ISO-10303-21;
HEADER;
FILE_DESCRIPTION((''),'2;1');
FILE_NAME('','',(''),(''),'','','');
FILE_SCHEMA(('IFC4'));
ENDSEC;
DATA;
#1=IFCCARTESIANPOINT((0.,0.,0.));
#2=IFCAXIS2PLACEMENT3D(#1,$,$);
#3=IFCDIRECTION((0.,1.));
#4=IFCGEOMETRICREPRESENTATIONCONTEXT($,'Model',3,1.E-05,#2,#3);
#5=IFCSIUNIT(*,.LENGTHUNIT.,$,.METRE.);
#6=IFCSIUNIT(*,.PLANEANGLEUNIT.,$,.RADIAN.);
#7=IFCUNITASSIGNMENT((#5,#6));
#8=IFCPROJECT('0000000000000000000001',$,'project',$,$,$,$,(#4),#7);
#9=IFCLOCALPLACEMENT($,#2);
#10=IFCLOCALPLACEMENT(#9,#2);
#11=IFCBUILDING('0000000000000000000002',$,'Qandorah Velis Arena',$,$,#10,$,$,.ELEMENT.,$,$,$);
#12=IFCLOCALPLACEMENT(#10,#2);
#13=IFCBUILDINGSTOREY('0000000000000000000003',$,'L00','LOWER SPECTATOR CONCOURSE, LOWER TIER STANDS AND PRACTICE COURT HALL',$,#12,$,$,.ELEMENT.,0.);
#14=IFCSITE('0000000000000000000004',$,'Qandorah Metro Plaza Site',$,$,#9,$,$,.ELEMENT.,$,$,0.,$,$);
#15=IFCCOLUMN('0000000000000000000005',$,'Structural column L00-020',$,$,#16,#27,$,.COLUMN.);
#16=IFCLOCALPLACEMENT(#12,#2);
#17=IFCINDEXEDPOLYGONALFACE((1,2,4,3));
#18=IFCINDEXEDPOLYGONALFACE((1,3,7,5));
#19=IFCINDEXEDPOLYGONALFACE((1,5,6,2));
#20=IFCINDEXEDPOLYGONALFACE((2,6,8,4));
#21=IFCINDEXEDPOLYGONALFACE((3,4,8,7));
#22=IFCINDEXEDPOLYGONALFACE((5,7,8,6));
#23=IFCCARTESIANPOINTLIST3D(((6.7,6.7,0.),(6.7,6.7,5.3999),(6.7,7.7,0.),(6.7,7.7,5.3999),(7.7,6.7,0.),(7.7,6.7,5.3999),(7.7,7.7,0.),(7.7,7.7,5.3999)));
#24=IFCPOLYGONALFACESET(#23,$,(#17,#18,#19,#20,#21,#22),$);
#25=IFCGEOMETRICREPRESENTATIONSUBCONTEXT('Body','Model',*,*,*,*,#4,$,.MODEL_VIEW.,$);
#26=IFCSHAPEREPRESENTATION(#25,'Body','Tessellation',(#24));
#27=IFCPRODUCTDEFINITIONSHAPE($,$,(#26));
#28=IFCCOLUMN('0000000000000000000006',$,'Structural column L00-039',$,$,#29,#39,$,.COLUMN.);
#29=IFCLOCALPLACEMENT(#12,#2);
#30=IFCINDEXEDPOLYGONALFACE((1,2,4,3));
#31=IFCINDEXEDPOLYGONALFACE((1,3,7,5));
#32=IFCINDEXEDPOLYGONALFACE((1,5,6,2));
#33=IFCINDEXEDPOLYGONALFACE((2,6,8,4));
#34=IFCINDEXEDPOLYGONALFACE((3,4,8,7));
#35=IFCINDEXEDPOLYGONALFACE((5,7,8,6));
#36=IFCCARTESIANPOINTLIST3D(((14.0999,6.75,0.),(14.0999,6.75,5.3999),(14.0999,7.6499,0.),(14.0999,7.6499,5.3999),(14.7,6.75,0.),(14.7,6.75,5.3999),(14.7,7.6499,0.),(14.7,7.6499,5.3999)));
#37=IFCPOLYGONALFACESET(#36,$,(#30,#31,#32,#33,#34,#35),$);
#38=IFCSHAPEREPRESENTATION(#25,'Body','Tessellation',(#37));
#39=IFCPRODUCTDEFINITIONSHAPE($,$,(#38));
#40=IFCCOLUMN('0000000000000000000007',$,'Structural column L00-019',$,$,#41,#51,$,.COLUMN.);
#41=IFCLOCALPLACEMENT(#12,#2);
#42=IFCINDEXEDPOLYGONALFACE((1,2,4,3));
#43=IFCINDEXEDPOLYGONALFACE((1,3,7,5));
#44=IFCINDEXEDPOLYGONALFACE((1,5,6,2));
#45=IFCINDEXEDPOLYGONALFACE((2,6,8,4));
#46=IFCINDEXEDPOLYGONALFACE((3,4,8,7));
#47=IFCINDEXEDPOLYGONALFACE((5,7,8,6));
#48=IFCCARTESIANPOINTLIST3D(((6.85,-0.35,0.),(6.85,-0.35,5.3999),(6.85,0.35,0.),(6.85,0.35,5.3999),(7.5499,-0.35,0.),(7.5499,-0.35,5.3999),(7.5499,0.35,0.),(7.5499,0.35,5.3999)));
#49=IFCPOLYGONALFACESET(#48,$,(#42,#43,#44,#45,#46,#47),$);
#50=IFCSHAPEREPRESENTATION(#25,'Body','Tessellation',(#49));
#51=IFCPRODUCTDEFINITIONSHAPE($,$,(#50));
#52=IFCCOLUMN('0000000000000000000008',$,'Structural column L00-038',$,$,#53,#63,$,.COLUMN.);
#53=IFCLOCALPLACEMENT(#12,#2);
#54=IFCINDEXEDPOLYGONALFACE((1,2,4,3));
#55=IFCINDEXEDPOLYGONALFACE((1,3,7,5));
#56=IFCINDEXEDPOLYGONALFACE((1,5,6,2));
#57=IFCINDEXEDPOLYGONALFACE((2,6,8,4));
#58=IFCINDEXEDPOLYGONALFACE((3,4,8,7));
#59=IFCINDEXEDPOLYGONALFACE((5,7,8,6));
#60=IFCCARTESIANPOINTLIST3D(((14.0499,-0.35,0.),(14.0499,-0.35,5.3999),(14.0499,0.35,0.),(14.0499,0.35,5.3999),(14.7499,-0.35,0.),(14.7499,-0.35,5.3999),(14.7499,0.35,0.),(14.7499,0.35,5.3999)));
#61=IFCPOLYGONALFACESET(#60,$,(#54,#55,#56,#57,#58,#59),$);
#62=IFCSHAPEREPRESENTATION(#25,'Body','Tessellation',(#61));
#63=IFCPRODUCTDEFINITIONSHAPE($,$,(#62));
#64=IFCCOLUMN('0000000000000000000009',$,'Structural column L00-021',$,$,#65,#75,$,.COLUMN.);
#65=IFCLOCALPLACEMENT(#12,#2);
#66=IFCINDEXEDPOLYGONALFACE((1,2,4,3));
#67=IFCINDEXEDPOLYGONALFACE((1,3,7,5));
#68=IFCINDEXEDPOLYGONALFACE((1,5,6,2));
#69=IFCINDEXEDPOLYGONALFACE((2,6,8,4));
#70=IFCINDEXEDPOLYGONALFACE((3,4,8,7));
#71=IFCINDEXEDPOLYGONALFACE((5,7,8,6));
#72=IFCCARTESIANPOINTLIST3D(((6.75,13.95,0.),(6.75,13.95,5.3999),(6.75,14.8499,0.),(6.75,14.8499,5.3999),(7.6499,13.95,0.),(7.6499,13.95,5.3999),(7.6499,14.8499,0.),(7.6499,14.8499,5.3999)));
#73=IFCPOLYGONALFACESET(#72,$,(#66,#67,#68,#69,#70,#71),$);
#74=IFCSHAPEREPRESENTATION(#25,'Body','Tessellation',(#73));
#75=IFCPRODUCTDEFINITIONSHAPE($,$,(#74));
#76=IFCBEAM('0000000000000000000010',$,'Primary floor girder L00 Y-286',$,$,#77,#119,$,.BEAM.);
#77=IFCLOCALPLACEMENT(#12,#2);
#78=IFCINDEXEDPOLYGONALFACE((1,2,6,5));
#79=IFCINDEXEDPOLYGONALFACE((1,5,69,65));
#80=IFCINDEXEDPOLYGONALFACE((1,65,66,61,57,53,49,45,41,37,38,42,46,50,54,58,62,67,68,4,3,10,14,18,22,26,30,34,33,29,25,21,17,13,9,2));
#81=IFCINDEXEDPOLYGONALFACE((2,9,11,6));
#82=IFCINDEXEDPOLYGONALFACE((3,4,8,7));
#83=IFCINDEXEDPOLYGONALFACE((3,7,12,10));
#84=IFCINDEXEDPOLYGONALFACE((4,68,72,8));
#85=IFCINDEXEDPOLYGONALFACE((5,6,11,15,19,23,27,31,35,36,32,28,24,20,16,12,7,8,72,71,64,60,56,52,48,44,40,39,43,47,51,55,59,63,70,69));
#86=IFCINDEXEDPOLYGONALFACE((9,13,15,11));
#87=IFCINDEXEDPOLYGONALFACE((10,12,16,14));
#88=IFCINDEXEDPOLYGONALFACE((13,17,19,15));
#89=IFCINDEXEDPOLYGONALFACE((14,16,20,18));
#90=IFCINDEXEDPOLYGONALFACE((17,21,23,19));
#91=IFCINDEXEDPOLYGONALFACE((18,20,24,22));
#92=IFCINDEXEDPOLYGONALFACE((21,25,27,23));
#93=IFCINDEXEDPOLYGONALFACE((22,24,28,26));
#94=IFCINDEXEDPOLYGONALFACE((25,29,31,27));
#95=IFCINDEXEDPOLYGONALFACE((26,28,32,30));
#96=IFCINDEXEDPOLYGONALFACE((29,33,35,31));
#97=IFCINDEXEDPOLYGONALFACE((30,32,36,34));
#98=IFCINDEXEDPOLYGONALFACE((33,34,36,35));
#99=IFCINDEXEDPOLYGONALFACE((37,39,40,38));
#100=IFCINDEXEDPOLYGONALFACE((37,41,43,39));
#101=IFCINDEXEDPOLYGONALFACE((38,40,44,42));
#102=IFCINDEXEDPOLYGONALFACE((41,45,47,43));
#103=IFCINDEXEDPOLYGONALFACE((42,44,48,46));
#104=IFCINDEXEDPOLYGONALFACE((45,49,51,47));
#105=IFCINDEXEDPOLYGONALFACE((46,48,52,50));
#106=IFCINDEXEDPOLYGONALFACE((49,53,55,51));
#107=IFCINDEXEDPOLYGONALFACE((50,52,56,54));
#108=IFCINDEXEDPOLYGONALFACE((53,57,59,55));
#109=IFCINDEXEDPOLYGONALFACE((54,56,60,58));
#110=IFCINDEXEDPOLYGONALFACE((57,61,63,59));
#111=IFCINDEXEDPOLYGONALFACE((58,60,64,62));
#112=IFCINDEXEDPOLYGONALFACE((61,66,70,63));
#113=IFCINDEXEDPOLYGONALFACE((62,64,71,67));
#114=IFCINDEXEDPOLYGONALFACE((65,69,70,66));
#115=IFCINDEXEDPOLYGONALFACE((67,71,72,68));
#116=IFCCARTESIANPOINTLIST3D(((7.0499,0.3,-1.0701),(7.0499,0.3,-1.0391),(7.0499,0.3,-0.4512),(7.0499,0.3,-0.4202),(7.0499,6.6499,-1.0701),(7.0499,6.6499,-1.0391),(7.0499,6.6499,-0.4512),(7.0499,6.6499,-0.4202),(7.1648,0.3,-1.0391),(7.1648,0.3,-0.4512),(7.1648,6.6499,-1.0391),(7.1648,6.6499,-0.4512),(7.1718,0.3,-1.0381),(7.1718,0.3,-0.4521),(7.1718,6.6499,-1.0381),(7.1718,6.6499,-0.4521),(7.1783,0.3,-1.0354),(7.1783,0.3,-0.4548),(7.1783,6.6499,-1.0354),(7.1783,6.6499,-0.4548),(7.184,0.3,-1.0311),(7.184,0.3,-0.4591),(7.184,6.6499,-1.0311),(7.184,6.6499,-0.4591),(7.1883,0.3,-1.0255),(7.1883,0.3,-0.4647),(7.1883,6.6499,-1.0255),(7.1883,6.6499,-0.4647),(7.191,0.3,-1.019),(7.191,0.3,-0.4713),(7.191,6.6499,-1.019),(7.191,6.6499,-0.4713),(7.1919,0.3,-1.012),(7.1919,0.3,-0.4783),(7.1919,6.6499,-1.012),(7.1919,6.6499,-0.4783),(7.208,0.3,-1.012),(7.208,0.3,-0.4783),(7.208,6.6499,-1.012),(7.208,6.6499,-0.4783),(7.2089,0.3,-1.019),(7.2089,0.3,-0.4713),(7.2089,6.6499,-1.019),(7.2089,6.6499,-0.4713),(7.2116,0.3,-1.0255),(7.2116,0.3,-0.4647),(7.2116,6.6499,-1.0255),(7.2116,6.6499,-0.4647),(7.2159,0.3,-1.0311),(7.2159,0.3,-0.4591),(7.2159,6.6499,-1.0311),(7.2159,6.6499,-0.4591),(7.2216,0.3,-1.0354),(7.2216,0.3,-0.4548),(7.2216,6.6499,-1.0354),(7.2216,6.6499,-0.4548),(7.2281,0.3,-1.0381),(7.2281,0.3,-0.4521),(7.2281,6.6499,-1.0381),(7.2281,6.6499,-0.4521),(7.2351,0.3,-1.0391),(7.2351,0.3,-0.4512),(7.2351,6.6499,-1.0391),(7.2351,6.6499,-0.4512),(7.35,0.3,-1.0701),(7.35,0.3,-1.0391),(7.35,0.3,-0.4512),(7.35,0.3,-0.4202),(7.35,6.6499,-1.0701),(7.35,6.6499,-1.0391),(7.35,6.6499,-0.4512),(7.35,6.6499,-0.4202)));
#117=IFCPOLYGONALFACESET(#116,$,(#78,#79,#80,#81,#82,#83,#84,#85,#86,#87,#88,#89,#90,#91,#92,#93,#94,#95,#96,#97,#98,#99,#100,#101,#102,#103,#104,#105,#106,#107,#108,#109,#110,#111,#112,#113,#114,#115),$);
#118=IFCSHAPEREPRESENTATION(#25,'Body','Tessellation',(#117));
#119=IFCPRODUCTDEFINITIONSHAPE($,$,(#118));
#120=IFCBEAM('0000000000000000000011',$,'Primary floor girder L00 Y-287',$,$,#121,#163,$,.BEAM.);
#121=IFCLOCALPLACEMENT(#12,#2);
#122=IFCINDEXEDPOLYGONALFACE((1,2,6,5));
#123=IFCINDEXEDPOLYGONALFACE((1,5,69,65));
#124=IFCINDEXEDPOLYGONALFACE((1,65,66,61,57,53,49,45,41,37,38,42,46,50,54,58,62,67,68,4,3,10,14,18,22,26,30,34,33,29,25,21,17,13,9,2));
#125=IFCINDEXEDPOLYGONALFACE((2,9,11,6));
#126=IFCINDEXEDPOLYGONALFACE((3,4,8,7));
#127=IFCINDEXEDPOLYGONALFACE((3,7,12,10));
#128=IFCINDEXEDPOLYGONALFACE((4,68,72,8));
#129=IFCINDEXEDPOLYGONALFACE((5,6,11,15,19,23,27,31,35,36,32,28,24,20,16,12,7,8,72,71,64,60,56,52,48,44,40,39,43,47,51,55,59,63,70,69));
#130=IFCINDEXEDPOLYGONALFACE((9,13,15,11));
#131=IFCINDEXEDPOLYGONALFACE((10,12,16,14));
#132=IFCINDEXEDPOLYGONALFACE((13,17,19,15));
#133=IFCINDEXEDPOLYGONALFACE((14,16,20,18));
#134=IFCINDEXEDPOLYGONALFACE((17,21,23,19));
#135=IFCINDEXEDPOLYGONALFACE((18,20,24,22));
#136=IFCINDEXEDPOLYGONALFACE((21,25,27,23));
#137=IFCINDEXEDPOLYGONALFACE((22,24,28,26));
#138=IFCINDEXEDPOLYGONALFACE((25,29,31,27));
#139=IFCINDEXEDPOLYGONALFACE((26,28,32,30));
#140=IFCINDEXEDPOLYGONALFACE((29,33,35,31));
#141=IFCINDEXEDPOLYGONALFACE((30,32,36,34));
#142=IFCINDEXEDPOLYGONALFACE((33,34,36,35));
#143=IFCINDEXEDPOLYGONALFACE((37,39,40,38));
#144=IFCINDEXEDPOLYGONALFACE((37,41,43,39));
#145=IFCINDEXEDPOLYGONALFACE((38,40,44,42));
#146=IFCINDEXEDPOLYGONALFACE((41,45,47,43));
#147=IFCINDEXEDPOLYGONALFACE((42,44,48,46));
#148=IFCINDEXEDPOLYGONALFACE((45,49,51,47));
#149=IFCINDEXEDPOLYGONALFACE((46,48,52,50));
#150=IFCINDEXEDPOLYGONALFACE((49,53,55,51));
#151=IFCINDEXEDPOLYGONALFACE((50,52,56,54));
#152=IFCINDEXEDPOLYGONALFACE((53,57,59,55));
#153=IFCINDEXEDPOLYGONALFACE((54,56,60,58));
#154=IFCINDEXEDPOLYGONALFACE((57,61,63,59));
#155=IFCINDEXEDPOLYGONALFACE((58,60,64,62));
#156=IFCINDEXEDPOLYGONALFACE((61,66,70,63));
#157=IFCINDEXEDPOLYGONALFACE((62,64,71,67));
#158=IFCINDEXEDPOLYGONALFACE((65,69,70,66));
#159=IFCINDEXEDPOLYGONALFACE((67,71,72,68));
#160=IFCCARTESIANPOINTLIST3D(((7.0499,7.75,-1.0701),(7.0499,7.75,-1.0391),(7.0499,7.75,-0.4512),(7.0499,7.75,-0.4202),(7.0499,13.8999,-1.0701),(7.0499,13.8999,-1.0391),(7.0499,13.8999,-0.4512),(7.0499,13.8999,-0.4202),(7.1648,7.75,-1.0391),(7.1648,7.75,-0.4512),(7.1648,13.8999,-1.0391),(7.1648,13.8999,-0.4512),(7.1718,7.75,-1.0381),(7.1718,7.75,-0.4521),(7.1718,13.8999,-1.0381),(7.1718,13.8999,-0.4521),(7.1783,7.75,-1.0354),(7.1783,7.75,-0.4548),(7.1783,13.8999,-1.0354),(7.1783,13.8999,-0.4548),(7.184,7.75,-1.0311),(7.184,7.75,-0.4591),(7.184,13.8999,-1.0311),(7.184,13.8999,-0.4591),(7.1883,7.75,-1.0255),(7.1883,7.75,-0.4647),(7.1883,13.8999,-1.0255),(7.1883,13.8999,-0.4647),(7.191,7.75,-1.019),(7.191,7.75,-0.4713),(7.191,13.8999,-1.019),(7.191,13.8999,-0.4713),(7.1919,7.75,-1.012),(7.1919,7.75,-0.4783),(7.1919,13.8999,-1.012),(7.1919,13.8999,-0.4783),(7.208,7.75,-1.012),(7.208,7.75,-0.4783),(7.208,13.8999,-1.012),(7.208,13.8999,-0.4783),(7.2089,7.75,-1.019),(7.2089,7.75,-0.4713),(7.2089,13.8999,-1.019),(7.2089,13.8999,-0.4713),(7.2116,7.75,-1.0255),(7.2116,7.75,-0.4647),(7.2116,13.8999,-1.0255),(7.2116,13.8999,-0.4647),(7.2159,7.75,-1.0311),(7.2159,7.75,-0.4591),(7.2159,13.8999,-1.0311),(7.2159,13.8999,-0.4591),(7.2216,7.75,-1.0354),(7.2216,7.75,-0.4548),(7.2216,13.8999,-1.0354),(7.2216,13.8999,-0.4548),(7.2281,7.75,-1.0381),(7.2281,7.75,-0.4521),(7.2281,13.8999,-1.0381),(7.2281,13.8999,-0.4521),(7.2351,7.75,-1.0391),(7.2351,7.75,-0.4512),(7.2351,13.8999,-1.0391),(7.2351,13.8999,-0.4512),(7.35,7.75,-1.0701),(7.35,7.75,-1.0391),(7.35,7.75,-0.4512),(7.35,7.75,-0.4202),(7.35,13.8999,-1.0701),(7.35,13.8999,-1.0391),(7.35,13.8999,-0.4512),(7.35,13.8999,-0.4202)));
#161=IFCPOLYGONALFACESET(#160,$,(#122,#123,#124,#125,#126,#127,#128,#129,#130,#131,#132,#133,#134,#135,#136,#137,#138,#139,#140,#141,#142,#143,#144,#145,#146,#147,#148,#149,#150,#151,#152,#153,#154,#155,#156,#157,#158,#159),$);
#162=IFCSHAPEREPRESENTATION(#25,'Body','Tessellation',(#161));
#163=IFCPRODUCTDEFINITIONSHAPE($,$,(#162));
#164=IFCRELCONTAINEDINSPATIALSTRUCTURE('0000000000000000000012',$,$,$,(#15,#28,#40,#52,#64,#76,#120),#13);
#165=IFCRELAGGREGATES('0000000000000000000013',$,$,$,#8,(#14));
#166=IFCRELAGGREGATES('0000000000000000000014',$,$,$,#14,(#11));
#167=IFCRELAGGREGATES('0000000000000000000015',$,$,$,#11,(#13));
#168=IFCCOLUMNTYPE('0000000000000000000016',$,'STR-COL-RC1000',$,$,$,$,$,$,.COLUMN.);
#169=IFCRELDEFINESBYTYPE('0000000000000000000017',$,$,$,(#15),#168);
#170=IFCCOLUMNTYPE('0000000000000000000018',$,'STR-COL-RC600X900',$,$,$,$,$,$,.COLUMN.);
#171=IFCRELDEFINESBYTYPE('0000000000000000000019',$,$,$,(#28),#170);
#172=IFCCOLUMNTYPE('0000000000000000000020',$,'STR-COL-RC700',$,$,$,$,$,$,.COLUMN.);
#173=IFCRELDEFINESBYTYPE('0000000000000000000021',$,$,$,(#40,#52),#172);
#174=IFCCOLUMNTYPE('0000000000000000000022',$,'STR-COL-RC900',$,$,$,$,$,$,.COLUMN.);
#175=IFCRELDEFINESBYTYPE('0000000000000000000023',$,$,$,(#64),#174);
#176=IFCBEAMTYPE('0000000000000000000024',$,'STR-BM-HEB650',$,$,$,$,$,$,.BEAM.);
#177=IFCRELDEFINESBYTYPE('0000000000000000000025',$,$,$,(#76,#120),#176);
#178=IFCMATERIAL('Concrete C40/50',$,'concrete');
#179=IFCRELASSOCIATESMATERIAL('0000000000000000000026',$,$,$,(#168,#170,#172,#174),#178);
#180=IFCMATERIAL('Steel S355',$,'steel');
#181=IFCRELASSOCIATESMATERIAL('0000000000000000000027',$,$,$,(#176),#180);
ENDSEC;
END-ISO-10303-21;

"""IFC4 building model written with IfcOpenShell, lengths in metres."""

from ifc_helpers import new_model, si_unit, direction, frame, origin, origin_2d, place, context, subcontext, project, spatial, rectangle, i_section, extrude, material, material_profile, profile_set, type_object, element, save


model = new_model("IFC4")

# Units and contexts
model_context = context("Model", 3, precision=1e-05, world=origin(), true_north=direction((0.0, 1.0)))
body_context = subcontext(model_context, "Body", "Model", "MODEL_VIEW")
ifc_project = project(units=[si_unit("LENGTHUNIT", "METRE"), si_unit("PLANEANGLEUNIT", "RADIAN")], contexts=[model_context])

# Site, building, storey
site_placement = place(None, origin())
site = spatial("IfcSite", under=ifc_project, at=site_placement, Name="Qandorah Metro Plaza Site", CompositionType="ELEMENT", RefElevation=0.0)
building_placement = place(site_placement, origin())
building = spatial("IfcBuilding", under=site, at=building_placement, Name="Qandorah Velis Arena", CompositionType="ELEMENT")
storey_placement = place(building_placement, origin())
storey = spatial("IfcBuildingStorey", under=building, at=storey_placement, Name="L00", Description="LOWER SPECTATOR CONCOURSE, LOWER TIER STANDS AND PRACTICE COURT HALL", CompositionType="ELEMENT", Elevation=0.0)

# Columns
ifc_material_1 = material(Name="Concrete C40/50", Category="concrete")
ifc_material_profile_1 = material_profile(ifc_material_1, rectangle(XDim=1.0, YDim=1.0, at=origin_2d()), Name="RC COL 1000x1000")
ifc_profile_set_1 = profile_set([ifc_material_profile_1], Name="Concrete C40/50")
column_type_1 = type_object("IfcColumnType", Name="STR-COL-RC1000", PredefinedType="COLUMN", material=ifc_profile_set_1)
column_1_placement = place(storey_placement, frame((7.2, 7.2, 0.0), z_axis=(0.0, 0.0, 1.0), x_axis=(1.0, 0.0, 0.0)))
element("IfcColumn", 1, at=column_1_placement, inside=storey, type_object=column_type_1, Name="Structural column L00-020", PredefinedType="COLUMN", context=body_context, shape_type="SweptSolid", body=[
    extrude(rectangle(XDim=1.0, YDim=1.0, at=origin_2d()), origin(), (0.0, 0.0, 1.0), 5.3999),
])
ifc_material_profile_2 = material_profile(ifc_material_1, rectangle(XDim=0.6001, YDim=0.8999, at=origin_2d()), Name="RC COL 600x900")
ifc_profile_set_2 = profile_set([ifc_material_profile_2], Name="Concrete C40/50")
column_type_2 = type_object("IfcColumnType", Name="STR-COL-RC600X900", PredefinedType="COLUMN", material=ifc_profile_set_2)
column_2_placement = place(storey_placement, frame((14.3999, 7.2, 0.0), z_axis=(0.0, 0.0, 1.0), x_axis=(1.0, 0.0, 0.0)))
element("IfcColumn", 2, at=column_2_placement, inside=storey, type_object=column_type_2, Name="Structural column L00-039", PredefinedType="COLUMN", context=body_context, shape_type="SweptSolid", body=[
    extrude(rectangle(XDim=0.6001, YDim=0.8999, at=origin_2d()), origin(), (0.0, 0.0, 1.0), 5.3999),
])
ifc_material_profile_3 = material_profile(ifc_material_1, rectangle(XDim=0.7, YDim=0.7, at=origin_2d()), Name="RC COL 700x700")
ifc_profile_set_3 = profile_set([ifc_material_profile_3], Name="Concrete C40/50")
column_type_3 = type_object("IfcColumnType", Name="STR-COL-RC700", PredefinedType="COLUMN", material=ifc_profile_set_3)
for number, where, z_axis, x_axis, name in (
    (3, (7.2, 0.0, 0.0), (0.0, 0.0, 1.0), (1.0, 0.0, 0.0), "Structural column L00-019"),
    (4, (14.3999, 0.0, 0.0), (0.0, 0.0, 1.0), (1.0, 0.0, 0.0), "Structural column L00-038"),
):
    element("IfcColumn", number, at=place(storey_placement, frame(where, z_axis=z_axis, x_axis=x_axis)), inside=storey, type_object=column_type_3, Name=name, PredefinedType="COLUMN", context=body_context, shape_type="SweptSolid", body=[
        extrude(rectangle(XDim=0.7, YDim=0.7, at=origin_2d()), origin(), (0.0, 0.0, 1.0), 5.3999),
    ])
ifc_material_profile_4 = material_profile(ifc_material_1, rectangle(XDim=0.8999, YDim=0.8999, at=origin_2d()), Name="RC COL 900x900")
ifc_profile_set_4 = profile_set([ifc_material_profile_4], Name="Concrete C40/50")
column_type_4 = type_object("IfcColumnType", Name="STR-COL-RC900", PredefinedType="COLUMN", material=ifc_profile_set_4)
column_3_placement = place(storey_placement, frame((7.2, 14.3999, 0.0), z_axis=(0.0, 0.0, 1.0), x_axis=(1.0, 0.0, 0.0)))
element("IfcColumn", 5, at=column_3_placement, inside=storey, type_object=column_type_4, Name="Structural column L00-021", PredefinedType="COLUMN", context=body_context, shape_type="SweptSolid", body=[
    extrude(rectangle(XDim=0.8999, YDim=0.8999, at=origin_2d()), origin(), (0.0, 0.0, 1.0), 5.3999),
])

# Beams
ifc_material_2 = material(Name="Steel S355", Category="steel")
ifc_material_profile_5 = material_profile(ifc_material_2, i_section(OverallWidth=0.3, OverallDepth=0.6499, WebThickness=0.0161, FlangeThickness=0.031, FilletRadius=0.0271, at=origin_2d()), Name="HEB 650")
ifc_profile_set_5 = profile_set([ifc_material_profile_5], Name="Steel S355")
beam_type_1 = type_object("IfcBeamType", Name="STR-BM-HEB650", PredefinedType="BEAM", material=ifc_profile_set_5)
beam_1_placement = place(storey_placement, frame((7.2, 0.3, -0.7451), z_axis=(0.0, 1.0, 0.0), x_axis=(-1.0, 0.0, 0.0)))
element("IfcBeam", 6, at=beam_1_placement, inside=storey, type_object=beam_type_1, Name="Primary floor girder L00 Y-286", PredefinedType="BEAM", context=body_context, shape_type="SweptSolid", body=[
    extrude(i_section(OverallWidth=0.3, OverallDepth=0.6499, WebThickness=0.0161, FlangeThickness=0.031, FilletRadius=0.0271, at=origin_2d()), origin(), (0.0, 0.0, 1.0), 6.3499),
])
beam_2_placement = place(storey_placement, frame((7.2, 7.75, -0.7451), z_axis=(0.0, 1.0, 0.0), x_axis=(-1.0, 0.0, 0.0)))
element("IfcBeam", 7, at=beam_2_placement, inside=storey, type_object=beam_type_1, Name="Primary floor girder L00 Y-287", PredefinedType="BEAM", context=body_context, shape_type="SweptSolid", body=[
    extrude(i_section(OverallWidth=0.3, OverallDepth=0.6499, WebThickness=0.0161, FlangeThickness=0.031, FilletRadius=0.0271, at=origin_2d()), origin(), (0.0, 0.0, 1.0), 6.1499),
])

save(model, "model.ifc")
